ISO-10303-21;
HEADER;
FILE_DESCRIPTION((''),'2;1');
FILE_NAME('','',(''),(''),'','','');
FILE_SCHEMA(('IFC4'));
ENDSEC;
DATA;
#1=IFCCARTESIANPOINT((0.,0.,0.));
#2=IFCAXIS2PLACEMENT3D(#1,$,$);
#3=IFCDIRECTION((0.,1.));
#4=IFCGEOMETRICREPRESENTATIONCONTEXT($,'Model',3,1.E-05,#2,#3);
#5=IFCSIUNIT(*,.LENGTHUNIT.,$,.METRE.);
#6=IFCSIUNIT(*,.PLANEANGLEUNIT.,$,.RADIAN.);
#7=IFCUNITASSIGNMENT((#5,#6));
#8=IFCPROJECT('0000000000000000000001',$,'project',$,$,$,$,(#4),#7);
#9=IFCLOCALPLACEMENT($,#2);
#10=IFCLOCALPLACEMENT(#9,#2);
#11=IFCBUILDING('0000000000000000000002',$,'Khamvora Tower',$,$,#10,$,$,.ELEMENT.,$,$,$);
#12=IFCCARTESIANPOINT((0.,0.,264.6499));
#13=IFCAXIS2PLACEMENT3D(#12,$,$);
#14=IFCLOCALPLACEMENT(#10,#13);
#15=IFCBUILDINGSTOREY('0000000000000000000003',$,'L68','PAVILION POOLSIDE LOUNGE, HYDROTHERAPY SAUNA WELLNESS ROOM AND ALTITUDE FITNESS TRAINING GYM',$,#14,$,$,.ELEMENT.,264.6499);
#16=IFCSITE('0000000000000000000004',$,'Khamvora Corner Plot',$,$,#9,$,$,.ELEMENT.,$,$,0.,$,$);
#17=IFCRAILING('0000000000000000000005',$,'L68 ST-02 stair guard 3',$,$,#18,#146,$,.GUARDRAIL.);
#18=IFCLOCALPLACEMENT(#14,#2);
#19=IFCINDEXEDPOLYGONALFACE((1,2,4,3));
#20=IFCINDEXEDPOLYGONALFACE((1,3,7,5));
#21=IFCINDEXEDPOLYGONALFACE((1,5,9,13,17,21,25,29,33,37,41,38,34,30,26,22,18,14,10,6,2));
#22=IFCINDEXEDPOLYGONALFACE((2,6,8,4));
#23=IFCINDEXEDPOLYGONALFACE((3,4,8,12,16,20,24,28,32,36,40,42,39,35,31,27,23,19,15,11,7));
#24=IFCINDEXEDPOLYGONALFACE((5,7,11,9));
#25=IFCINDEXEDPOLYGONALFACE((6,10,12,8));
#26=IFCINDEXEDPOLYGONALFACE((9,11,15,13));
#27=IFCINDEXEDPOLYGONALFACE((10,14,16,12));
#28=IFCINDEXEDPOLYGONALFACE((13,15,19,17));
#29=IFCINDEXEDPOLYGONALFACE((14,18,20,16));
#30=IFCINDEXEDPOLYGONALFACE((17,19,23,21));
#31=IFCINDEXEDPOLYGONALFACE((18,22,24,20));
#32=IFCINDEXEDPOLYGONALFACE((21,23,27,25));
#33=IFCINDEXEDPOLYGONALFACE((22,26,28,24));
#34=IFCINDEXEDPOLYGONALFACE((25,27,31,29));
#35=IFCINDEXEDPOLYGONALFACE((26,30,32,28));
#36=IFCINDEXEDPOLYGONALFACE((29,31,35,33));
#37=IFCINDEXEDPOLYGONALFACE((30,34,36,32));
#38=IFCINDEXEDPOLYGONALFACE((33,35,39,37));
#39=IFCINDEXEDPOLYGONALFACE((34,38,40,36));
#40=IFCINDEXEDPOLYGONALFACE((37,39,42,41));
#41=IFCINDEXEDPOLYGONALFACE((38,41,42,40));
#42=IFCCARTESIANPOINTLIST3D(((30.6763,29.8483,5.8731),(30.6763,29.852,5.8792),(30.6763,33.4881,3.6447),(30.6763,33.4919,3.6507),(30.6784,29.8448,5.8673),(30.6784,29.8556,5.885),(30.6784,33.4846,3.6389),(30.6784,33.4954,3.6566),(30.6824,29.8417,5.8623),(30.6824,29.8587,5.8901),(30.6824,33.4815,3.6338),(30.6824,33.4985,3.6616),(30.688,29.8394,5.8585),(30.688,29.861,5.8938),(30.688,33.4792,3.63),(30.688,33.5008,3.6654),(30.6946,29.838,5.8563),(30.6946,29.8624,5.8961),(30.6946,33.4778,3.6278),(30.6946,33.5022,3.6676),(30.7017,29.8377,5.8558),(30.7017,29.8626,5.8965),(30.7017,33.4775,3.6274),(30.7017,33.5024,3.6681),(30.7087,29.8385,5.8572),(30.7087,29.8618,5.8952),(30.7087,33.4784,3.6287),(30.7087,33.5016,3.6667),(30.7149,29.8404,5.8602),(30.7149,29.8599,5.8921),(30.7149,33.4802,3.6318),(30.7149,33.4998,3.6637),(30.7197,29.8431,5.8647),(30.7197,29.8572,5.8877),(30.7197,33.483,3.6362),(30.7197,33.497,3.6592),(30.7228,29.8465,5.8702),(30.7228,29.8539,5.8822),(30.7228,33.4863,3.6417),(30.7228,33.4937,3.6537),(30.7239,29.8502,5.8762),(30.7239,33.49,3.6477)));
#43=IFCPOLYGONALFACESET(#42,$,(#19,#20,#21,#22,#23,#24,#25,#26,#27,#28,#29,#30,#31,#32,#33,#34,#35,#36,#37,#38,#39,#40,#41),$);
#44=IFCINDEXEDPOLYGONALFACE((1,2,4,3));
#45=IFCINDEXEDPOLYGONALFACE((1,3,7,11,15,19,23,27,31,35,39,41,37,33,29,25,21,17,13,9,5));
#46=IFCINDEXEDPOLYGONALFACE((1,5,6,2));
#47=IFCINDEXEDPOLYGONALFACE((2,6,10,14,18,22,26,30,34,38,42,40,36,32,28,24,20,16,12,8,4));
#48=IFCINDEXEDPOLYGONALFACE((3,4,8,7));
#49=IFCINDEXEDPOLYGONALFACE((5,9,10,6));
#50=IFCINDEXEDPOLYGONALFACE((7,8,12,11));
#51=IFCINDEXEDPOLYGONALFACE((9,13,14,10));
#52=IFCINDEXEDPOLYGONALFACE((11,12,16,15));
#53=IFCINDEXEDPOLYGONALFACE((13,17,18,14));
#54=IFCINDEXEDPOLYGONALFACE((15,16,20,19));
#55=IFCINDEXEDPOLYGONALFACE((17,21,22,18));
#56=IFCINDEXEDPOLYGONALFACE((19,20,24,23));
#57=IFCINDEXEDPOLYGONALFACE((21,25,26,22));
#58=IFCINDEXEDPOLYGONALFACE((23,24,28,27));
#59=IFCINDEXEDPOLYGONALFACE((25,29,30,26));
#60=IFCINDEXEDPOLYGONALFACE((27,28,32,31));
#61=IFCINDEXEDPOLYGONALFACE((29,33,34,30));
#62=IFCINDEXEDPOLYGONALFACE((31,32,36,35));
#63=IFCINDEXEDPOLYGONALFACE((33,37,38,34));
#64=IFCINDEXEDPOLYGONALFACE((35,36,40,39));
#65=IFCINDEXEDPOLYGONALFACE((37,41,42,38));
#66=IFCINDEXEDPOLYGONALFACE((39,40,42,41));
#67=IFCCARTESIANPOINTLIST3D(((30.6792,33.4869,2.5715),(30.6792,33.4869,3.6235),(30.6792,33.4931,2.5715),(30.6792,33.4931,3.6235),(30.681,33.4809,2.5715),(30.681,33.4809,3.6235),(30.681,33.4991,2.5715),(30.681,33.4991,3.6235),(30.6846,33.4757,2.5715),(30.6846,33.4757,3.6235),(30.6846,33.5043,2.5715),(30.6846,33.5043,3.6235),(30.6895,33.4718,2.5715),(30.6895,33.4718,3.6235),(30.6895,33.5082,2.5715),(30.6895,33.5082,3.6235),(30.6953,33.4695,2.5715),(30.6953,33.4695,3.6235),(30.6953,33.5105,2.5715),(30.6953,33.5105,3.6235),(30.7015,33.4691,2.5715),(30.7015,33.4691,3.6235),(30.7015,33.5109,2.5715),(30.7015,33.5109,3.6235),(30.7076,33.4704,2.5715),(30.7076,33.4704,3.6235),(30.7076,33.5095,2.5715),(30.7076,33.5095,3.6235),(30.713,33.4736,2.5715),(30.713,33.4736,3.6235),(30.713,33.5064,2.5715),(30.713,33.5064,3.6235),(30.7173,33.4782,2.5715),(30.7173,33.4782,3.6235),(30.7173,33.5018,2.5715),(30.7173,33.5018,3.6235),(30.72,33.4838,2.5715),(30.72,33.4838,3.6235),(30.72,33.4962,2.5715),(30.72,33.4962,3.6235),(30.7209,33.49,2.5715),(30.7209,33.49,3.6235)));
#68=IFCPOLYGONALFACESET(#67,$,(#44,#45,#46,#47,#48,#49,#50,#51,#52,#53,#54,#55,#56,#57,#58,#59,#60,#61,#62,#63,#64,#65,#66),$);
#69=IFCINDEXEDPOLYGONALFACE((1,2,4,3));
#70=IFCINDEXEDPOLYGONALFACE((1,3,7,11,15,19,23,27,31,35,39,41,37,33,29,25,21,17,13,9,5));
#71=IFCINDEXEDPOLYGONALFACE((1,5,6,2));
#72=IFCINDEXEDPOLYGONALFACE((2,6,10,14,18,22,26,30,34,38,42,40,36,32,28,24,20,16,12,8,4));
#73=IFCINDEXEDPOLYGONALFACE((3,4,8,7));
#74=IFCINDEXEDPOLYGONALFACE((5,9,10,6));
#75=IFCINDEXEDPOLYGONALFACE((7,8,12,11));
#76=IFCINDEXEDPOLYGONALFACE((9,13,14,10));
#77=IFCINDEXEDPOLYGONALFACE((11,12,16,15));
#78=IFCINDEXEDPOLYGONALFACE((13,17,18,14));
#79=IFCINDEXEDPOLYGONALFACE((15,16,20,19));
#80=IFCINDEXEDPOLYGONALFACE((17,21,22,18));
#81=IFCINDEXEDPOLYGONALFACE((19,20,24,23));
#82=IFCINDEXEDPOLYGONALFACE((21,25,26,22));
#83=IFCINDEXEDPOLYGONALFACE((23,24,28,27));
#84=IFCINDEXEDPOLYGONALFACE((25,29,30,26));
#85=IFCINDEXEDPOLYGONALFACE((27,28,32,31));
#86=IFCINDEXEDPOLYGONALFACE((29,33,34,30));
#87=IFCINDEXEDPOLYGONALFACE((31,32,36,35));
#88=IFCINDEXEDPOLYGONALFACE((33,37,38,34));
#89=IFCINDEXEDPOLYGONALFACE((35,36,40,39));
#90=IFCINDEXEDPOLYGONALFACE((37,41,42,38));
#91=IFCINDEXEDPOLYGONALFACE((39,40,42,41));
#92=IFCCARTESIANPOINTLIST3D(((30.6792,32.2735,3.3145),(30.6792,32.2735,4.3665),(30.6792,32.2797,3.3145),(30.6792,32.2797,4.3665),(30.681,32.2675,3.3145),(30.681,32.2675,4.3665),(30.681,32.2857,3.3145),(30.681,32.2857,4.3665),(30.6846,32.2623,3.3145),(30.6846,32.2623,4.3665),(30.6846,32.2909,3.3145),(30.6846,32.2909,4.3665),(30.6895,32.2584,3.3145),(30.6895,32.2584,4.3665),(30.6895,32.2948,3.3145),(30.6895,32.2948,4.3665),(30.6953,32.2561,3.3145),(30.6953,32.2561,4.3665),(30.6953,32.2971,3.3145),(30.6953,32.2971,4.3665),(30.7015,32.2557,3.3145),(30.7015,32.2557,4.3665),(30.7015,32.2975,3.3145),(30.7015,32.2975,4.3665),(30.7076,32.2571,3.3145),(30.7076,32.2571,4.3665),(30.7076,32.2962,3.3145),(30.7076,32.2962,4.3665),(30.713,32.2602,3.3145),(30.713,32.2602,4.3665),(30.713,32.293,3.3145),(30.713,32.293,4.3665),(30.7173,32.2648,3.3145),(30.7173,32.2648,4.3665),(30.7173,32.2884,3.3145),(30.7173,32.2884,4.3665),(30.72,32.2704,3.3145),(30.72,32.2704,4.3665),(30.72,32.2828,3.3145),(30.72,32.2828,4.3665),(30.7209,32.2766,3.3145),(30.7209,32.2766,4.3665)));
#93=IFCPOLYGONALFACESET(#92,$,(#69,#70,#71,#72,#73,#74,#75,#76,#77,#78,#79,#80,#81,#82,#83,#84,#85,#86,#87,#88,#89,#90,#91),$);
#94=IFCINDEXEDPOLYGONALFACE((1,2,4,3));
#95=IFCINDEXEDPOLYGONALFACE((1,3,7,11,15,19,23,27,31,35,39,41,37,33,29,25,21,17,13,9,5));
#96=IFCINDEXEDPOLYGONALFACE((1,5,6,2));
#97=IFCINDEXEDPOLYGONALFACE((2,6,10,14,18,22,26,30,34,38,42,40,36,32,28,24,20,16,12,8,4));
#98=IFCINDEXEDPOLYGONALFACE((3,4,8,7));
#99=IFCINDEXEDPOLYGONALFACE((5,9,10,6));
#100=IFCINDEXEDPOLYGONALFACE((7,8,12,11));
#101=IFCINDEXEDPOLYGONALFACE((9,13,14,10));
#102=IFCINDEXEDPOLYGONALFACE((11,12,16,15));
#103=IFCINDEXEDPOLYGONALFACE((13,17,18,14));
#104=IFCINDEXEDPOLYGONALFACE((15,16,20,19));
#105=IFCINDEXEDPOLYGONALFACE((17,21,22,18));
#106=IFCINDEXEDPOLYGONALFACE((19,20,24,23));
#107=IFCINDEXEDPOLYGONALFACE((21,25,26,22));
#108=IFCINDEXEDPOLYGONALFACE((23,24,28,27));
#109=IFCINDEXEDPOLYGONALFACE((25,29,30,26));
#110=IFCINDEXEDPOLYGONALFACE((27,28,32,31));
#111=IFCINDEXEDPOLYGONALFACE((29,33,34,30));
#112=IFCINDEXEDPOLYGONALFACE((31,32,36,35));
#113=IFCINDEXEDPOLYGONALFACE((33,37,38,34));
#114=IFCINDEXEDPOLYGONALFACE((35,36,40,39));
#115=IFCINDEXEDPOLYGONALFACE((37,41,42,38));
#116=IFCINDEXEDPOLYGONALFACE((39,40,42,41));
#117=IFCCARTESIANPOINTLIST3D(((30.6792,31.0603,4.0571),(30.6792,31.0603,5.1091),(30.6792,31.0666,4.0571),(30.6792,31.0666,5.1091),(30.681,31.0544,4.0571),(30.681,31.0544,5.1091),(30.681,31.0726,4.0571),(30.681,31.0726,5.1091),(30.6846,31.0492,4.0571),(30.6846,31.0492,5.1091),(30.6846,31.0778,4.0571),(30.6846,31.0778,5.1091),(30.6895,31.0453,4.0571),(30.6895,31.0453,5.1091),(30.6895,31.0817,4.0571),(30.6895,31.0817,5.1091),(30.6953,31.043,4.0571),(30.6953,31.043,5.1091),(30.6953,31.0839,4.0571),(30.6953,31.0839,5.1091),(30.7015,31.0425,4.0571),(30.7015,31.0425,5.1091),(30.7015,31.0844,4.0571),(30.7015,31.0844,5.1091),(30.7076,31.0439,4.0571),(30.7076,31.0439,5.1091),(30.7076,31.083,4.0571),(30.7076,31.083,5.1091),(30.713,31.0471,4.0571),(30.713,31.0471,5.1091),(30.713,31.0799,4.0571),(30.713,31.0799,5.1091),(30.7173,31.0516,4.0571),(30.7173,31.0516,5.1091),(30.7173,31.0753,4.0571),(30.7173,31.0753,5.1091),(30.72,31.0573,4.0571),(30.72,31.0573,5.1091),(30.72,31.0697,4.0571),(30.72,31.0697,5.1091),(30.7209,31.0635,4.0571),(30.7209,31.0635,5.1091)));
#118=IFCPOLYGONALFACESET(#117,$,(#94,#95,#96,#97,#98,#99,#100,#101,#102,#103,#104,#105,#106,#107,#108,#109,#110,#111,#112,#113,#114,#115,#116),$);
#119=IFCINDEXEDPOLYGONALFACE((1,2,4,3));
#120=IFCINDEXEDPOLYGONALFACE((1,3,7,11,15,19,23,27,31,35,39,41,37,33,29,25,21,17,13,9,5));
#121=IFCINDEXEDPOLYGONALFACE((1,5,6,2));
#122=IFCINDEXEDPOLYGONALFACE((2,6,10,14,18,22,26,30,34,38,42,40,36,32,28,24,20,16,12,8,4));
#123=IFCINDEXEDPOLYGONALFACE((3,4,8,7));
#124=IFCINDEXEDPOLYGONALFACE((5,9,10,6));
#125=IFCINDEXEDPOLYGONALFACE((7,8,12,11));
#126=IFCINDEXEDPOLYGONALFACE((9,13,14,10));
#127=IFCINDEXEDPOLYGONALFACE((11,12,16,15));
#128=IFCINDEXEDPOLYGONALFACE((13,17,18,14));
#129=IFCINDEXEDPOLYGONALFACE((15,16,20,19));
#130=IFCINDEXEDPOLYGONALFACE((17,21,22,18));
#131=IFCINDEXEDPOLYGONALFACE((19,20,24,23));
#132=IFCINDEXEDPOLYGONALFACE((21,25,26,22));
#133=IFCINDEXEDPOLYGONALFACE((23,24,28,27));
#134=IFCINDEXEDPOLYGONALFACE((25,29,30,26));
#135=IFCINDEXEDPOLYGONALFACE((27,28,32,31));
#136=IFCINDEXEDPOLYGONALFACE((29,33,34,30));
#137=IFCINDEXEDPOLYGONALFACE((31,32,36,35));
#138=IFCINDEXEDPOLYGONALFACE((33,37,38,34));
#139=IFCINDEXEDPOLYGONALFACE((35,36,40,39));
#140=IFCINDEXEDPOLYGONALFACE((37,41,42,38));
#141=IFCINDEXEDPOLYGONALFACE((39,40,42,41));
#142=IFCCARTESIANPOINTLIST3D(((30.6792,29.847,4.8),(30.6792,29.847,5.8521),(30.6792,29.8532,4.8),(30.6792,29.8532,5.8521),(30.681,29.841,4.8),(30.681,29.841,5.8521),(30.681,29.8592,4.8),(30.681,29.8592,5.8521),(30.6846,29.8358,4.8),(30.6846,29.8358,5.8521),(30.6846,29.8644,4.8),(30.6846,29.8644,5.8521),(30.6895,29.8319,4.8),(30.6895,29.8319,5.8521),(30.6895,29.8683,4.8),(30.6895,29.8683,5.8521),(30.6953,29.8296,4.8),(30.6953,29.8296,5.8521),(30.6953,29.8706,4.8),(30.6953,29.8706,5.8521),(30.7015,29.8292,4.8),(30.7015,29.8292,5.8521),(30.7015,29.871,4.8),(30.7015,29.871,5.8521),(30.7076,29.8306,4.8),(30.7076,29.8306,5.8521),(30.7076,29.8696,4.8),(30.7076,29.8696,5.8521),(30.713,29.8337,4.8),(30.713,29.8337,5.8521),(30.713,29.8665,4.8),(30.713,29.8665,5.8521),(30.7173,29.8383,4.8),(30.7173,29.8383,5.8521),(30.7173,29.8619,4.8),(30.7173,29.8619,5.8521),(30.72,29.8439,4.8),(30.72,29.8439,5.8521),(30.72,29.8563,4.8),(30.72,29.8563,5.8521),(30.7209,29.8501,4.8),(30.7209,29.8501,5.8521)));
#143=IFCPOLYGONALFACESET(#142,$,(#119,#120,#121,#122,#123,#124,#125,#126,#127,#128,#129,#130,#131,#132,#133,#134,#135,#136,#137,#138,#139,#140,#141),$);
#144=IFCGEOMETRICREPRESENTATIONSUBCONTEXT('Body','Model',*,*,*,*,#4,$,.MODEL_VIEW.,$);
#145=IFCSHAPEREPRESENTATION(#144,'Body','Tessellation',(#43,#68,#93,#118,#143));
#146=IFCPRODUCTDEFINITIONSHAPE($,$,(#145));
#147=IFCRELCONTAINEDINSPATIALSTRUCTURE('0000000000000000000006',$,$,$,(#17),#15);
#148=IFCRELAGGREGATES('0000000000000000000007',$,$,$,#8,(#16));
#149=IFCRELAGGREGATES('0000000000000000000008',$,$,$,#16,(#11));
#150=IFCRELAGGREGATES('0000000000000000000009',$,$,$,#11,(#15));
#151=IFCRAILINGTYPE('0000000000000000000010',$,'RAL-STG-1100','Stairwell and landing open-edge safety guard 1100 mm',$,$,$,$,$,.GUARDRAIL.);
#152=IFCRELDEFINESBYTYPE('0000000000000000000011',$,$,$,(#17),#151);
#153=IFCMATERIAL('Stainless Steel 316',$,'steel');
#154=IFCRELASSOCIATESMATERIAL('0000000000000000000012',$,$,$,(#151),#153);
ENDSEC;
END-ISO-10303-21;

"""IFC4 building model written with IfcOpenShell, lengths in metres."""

from ifc_helpers import new_model, si_unit, direction, frame, origin, origin_2d, place, context, subcontext, project, spatial, circle, extrude, material, type_object, element, save


model = new_model("IFC4")

# Units and contexts
model_context = context("Model", 3, precision=1e-05, world=origin(), true_north=direction((0.0, 1.0)))
body_context = subcontext(model_context, "Body", "Model", "MODEL_VIEW")
ifc_project = project(units=[si_unit("LENGTHUNIT", "METRE"), si_unit("PLANEANGLEUNIT", "RADIAN")], contexts=[model_context])

# Site, building, storey
site_placement = place(None, origin())
site = spatial("IfcSite", under=ifc_project, at=site_placement, Name="Khamvora Corner Plot", CompositionType="ELEMENT", RefElevation=0.0)
building_placement = place(site_placement, origin())
building = spatial("IfcBuilding", under=site, at=building_placement, Name="Khamvora Tower", CompositionType="ELEMENT")
storey_placement = place(building_placement, frame((0.0, 0.0, 264.6499)))
storey = spatial("IfcBuildingStorey", under=building, at=storey_placement, Name="L68", Description="PAVILION POOLSIDE LOUNGE, HYDROTHERAPY SAUNA WELLNESS ROOM AND ALTITUDE FITNESS TRAINING GYM", CompositionType="ELEMENT", Elevation=264.6499)

# Railing
ifc_material_1 = material(Name="Stainless Steel 316", Category="steel")
railing_type_1 = type_object("IfcRailingType", Name="RAL-STG-1100", Description="Stairwell and landing open-edge safety guard 1100 mm", PredefinedType="GUARDRAIL", material=ifc_material_1)
railing_1_placement = place(storey_placement, frame((30.7, 33.49, 2.5715)))
element("IfcRailing", 1, at=railing_1_placement, inside=storey, type_object=railing_type_1, Name="L68 ST-02 stair guard 3", PredefinedType="GUARDRAIL", context=body_context, shape_type="SweptSolid", body=[
    extrude(circle(Radius=0.0239, at=origin_2d()), frame((0.0, 0.0, 1.0762), z_axis=(0.0, -0.85285, 0.522156), x_axis=(1.0, 0.0, 0.0)), (0.0, 0.0, 1.0), 4.2678),
    extrude(circle(Radius=0.021, at=origin_2d()), origin(), (0.0, 0.0, 1.0), 1.052),
    extrude(circle(Radius=0.021, at=origin_2d()), frame((0.0, -1.2134, 0.7429)), (0.0, 0.0, 1.0), 1.052),
    extrude(circle(Radius=0.021, at=origin_2d()), frame((0.0, -2.4265, 1.4856)), (0.0, 0.0, 1.0), 1.052),
    extrude(circle(Radius=0.021, at=origin_2d()), frame((0.0, -3.6399, 2.2285)), (0.0, 0.0, 1.0), 1.052),
])

save(model, "model.ifc")
